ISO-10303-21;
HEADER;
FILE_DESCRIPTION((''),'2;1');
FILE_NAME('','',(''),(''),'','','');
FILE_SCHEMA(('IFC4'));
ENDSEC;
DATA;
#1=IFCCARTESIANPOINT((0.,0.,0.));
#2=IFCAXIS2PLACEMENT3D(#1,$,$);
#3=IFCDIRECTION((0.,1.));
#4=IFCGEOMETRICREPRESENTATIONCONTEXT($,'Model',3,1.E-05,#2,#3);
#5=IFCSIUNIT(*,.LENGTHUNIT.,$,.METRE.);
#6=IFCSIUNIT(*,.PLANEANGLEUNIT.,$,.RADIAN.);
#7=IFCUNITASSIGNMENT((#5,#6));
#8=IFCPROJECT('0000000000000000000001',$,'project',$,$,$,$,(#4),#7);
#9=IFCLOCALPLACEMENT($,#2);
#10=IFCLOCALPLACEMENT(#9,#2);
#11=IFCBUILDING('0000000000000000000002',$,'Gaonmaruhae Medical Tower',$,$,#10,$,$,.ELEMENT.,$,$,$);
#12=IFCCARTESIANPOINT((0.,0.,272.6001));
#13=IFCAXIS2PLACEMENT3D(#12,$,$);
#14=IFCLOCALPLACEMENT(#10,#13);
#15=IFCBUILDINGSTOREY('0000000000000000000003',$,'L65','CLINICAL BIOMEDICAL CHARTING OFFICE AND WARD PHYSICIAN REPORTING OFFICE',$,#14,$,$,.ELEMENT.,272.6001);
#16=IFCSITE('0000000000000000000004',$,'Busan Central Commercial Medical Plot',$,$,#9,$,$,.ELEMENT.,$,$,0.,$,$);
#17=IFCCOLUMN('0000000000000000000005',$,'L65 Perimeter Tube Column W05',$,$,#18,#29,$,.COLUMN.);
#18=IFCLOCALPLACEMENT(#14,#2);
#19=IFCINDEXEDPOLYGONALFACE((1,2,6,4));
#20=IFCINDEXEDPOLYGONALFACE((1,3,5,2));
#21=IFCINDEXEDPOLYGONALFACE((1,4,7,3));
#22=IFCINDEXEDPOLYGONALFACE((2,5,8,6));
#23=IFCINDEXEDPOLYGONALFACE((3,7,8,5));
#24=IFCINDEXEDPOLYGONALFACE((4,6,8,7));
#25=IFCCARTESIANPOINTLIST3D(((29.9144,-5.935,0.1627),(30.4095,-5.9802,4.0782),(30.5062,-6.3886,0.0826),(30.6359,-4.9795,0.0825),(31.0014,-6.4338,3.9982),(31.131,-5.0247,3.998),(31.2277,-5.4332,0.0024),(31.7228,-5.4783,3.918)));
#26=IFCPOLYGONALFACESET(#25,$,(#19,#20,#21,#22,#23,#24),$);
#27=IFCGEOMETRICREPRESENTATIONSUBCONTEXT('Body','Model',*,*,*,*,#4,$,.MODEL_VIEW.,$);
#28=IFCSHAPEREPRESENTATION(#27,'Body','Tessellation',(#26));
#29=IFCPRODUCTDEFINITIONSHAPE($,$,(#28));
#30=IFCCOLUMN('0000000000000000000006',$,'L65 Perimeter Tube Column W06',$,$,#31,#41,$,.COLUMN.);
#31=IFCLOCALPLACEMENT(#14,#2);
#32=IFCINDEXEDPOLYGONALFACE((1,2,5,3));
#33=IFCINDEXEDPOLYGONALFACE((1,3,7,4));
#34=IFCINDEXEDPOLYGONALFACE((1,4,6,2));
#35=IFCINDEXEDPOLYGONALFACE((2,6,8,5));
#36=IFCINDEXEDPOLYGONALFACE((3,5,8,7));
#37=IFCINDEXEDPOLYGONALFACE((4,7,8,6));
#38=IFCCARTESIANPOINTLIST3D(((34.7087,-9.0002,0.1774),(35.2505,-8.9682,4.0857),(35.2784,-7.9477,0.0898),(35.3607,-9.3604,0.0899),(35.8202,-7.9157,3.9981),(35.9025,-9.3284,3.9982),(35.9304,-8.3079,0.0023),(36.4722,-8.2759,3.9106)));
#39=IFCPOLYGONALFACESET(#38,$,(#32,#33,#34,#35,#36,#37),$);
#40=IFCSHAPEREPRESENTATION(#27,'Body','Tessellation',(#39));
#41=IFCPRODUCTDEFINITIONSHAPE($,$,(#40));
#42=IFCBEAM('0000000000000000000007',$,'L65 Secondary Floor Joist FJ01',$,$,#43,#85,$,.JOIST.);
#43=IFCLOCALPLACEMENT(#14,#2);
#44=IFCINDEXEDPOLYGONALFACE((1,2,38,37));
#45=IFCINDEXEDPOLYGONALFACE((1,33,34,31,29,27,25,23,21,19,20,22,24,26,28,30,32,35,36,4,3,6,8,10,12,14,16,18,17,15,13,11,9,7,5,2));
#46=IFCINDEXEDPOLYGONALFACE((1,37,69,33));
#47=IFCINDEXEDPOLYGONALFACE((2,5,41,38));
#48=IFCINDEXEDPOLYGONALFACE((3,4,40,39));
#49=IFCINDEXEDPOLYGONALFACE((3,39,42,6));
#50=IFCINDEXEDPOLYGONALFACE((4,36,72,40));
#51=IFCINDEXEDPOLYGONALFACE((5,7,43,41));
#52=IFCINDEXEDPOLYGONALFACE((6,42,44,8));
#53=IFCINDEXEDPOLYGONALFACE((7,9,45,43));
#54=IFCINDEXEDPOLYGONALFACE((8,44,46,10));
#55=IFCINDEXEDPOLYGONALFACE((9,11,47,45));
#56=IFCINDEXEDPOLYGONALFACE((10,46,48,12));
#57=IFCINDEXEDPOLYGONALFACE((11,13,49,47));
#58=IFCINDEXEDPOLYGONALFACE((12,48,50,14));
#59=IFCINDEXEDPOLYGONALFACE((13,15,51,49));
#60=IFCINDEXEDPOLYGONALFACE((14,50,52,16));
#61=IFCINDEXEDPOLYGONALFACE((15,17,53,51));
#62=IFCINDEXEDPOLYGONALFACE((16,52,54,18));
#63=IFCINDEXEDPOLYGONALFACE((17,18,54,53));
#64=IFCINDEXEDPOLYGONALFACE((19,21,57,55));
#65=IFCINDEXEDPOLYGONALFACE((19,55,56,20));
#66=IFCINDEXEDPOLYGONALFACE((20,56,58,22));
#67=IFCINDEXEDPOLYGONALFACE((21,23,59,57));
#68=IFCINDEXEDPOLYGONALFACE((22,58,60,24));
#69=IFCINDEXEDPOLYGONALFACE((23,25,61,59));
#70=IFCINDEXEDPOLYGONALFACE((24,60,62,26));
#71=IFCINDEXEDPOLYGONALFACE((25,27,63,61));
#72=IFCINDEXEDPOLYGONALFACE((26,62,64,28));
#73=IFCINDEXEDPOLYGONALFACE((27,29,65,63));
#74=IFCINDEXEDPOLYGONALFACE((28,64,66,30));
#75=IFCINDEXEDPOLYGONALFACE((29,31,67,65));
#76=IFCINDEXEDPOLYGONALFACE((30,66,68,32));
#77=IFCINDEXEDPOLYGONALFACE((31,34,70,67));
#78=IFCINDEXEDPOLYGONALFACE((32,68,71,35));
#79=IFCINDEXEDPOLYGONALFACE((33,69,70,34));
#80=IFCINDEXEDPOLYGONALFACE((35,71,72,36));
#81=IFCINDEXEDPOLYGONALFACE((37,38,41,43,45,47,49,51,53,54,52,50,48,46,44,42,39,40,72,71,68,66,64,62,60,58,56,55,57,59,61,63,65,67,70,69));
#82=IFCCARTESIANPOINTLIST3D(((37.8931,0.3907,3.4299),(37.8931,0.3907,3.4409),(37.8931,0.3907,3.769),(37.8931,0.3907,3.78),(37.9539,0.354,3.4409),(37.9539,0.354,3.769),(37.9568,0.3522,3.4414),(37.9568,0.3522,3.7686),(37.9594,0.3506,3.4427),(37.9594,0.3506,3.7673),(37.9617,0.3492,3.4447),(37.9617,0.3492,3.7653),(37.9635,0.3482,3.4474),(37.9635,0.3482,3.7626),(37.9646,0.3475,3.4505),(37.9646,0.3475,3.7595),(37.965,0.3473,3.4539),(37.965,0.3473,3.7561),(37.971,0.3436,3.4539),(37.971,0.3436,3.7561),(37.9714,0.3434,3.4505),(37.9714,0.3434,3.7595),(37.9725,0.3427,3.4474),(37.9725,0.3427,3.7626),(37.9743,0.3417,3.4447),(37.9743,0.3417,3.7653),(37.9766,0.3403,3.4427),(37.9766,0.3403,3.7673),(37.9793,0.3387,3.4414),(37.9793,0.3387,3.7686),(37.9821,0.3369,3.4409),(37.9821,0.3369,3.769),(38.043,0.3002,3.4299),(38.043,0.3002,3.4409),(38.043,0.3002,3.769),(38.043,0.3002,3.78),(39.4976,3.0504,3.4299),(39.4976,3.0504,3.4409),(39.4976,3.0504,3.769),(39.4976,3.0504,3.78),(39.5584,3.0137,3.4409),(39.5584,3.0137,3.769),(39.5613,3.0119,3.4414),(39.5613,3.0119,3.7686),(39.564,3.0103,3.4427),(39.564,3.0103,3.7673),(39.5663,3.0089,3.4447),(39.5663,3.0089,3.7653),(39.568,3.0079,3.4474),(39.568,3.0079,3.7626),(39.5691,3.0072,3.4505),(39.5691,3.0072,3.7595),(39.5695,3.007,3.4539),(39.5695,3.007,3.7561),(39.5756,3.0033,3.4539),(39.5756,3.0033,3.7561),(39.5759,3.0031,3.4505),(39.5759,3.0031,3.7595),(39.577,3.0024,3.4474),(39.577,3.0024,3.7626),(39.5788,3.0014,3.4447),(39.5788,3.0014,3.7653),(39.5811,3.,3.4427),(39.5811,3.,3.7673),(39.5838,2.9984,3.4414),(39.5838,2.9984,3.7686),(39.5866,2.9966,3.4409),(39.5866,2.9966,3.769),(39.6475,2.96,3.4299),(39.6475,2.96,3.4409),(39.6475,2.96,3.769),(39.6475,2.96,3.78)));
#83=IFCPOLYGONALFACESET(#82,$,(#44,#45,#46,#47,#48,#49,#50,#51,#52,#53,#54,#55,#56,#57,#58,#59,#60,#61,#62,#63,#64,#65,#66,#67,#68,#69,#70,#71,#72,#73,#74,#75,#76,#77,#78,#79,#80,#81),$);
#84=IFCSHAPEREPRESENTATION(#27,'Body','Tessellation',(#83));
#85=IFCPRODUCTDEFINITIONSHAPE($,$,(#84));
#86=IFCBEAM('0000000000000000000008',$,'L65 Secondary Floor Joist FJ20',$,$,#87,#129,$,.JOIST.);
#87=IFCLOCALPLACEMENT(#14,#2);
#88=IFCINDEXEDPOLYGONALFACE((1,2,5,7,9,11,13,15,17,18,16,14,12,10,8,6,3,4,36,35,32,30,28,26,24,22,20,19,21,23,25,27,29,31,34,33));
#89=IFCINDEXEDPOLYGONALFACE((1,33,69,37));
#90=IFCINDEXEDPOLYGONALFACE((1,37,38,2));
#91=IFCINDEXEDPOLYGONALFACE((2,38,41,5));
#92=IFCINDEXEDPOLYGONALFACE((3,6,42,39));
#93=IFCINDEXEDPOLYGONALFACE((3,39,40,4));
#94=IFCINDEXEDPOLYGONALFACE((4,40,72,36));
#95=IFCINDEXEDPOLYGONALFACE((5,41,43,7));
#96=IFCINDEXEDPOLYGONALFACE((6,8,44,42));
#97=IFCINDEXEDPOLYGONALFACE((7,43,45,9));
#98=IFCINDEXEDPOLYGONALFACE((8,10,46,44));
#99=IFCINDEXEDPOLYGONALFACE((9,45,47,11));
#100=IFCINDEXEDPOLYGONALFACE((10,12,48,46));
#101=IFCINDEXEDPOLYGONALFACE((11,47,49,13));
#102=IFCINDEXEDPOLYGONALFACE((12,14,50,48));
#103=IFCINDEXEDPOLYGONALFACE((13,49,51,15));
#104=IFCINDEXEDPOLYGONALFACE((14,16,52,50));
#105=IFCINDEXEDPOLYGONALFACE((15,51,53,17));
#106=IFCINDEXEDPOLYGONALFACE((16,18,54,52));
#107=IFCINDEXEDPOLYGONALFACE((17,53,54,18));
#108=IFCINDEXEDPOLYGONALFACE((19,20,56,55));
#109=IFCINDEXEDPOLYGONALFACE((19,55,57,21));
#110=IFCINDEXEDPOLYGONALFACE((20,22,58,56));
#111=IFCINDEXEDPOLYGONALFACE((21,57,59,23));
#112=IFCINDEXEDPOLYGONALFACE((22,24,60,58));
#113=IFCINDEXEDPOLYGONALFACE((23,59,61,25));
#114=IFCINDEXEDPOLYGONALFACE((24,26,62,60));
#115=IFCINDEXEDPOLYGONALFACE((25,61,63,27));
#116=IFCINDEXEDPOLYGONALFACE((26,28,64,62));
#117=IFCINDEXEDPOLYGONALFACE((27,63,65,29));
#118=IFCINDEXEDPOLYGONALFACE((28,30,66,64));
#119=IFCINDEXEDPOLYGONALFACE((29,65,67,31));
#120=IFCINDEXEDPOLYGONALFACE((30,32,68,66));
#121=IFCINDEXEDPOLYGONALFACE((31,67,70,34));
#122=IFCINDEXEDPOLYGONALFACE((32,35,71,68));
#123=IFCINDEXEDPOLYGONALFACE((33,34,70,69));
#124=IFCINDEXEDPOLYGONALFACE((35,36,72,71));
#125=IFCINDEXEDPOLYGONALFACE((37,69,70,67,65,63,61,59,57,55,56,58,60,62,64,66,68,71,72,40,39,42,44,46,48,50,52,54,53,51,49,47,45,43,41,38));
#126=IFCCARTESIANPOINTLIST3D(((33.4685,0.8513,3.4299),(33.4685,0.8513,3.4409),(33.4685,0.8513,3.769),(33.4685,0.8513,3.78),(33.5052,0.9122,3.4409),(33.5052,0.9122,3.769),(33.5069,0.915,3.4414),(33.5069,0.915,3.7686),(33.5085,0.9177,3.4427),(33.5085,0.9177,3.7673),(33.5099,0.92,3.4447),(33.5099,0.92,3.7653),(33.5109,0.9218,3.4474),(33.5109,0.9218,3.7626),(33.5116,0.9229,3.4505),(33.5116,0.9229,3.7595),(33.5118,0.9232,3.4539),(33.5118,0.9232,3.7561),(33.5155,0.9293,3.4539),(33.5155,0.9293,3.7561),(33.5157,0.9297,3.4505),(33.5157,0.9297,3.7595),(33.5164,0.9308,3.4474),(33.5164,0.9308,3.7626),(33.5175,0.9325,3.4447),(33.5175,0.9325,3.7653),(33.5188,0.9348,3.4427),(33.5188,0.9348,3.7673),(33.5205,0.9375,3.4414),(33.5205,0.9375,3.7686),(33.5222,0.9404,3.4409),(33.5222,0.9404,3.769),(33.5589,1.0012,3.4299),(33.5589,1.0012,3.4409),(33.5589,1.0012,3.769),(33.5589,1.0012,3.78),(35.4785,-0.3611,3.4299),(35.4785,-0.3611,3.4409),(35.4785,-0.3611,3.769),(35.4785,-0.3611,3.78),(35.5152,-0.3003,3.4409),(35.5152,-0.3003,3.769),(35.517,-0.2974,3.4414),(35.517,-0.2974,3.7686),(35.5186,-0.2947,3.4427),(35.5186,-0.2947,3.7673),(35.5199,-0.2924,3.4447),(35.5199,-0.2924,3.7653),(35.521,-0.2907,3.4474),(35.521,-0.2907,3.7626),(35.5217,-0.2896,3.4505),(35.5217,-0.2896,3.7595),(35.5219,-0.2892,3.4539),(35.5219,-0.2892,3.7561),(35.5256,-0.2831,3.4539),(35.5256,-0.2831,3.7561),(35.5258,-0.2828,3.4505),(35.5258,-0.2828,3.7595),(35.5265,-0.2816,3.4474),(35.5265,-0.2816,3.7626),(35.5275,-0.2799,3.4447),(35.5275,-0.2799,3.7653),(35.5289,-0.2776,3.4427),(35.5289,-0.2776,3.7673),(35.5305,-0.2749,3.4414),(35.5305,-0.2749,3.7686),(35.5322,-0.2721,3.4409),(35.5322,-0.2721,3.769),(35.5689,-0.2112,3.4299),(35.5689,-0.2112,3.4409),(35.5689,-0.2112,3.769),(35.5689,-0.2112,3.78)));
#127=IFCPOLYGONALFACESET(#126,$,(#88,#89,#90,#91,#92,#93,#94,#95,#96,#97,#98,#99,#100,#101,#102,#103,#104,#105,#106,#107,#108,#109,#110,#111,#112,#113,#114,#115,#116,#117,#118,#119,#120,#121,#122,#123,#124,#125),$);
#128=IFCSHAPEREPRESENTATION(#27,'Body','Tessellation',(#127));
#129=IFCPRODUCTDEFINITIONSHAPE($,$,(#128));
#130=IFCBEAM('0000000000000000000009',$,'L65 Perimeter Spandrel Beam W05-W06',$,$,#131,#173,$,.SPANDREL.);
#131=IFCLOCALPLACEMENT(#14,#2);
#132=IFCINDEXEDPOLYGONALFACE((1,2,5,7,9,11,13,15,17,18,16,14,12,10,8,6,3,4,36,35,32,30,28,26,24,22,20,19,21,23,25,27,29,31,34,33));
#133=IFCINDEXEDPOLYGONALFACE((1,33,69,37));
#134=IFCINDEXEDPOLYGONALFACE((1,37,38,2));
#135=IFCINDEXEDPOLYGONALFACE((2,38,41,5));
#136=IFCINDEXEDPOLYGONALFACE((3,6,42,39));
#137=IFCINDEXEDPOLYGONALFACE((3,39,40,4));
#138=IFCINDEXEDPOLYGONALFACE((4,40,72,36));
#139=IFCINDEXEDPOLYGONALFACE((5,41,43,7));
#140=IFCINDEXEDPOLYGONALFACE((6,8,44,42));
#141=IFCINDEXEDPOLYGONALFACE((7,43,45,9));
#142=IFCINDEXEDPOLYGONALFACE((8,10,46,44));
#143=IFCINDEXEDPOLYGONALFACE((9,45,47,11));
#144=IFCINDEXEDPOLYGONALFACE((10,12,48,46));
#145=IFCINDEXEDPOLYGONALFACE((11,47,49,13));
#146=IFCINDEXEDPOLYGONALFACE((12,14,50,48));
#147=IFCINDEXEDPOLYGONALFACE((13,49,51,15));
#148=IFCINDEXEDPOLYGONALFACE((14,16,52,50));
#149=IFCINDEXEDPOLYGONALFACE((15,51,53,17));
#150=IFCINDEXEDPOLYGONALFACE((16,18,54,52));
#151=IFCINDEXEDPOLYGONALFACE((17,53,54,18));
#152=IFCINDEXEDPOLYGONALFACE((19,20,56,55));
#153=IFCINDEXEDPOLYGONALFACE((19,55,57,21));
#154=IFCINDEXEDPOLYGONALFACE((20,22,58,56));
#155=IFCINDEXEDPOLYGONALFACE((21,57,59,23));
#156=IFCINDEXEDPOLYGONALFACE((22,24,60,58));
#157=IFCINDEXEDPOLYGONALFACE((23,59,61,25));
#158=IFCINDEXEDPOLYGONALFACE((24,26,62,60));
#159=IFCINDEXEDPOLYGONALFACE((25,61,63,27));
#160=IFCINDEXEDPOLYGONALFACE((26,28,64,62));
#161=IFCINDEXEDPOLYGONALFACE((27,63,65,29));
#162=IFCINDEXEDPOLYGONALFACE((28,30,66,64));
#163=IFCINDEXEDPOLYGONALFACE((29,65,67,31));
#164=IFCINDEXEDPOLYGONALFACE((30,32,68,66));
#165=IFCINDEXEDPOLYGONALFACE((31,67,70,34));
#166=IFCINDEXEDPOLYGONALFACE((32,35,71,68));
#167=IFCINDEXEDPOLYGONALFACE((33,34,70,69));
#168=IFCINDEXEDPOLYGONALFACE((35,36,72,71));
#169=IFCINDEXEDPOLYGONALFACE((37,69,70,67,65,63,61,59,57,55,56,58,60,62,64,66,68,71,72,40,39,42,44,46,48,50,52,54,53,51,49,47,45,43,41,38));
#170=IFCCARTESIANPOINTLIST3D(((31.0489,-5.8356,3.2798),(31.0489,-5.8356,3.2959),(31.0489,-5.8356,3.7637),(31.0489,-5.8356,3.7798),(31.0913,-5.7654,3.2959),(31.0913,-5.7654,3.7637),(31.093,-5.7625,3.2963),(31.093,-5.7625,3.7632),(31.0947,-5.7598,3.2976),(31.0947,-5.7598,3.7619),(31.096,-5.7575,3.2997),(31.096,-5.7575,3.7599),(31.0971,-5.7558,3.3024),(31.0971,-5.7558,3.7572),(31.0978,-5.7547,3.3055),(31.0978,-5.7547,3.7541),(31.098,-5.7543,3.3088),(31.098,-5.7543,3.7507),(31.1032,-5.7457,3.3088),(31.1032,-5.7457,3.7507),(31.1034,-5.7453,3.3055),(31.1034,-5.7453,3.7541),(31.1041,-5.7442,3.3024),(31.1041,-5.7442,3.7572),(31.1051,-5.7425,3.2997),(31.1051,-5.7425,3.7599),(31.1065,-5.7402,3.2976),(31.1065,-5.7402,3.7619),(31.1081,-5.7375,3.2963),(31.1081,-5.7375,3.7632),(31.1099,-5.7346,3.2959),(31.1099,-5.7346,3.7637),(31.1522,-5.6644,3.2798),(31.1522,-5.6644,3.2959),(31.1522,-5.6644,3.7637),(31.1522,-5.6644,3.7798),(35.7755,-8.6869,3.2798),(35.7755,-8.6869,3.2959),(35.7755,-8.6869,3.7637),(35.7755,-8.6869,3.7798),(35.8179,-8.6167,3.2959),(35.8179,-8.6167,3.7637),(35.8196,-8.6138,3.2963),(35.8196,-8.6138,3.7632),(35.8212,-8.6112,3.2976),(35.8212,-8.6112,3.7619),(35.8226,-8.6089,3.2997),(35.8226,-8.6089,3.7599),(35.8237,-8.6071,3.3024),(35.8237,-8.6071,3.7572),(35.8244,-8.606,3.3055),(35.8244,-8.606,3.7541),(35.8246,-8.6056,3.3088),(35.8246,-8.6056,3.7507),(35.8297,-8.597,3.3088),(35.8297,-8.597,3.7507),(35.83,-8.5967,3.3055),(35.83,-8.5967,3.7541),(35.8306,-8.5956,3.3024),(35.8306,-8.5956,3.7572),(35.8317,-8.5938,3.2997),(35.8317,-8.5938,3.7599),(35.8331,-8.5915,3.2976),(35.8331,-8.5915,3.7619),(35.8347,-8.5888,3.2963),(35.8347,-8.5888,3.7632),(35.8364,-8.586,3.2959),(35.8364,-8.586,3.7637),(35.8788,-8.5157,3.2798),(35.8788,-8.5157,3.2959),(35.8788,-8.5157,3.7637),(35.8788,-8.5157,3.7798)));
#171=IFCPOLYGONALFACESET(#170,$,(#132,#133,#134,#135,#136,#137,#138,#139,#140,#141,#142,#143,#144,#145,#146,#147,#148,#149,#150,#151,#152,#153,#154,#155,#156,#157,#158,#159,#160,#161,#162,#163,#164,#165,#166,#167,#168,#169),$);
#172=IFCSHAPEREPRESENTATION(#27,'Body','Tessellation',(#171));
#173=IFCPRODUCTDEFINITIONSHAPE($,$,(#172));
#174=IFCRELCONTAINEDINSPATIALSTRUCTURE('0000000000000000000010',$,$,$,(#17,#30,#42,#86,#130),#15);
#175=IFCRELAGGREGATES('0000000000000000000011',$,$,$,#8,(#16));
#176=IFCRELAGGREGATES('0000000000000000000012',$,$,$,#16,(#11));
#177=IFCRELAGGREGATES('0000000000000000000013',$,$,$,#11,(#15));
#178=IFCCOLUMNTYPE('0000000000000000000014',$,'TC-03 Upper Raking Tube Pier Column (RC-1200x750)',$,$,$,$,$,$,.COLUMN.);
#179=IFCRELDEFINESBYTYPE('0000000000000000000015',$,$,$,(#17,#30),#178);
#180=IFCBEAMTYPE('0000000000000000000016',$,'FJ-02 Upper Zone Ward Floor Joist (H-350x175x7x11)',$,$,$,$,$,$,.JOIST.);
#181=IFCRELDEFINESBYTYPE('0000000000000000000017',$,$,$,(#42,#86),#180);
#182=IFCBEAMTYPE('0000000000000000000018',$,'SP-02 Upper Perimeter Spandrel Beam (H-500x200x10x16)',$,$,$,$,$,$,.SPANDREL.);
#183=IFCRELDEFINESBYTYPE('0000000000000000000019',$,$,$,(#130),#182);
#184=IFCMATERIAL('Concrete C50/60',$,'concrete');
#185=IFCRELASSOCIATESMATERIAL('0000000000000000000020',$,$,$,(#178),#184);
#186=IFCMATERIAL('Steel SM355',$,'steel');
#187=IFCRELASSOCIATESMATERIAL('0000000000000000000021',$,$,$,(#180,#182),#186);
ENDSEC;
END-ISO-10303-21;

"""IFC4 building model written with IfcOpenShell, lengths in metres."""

from ifc_helpers import new_model, si_unit, direction, frame, origin, origin_2d, place, context, subcontext, project, spatial, rectangle, i_section, extrude, material, material_profile, profile_set, type_object, element, save


model = new_model("IFC4")

# Units and contexts
model_context = context("Model", 3, precision=1e-05, world=origin(), true_north=direction((0.0, 1.0)))
body_context = subcontext(model_context, "Body", "Model", "MODEL_VIEW")
ifc_project = project(units=[si_unit("LENGTHUNIT", "METRE"), si_unit("PLANEANGLEUNIT", "RADIAN")], contexts=[model_context])

# Site, building, storey
site_placement = place(None, origin())
site = spatial("IfcSite", under=ifc_project, at=site_placement, Name="Busan Central Commercial Medical Plot", CompositionType="ELEMENT", RefElevation=0.0)
building_placement = place(site_placement, origin())
building = spatial("IfcBuilding", under=site, at=building_placement, Name="Gaonmaruhae Medical Tower", CompositionType="ELEMENT")
storey_placement = place(building_placement, frame((0.0, 0.0, 272.6001)))
storey = spatial("IfcBuildingStorey", under=building, at=storey_placement, Name="L65", Description="CLINICAL BIOMEDICAL CHARTING OFFICE AND WARD PHYSICIAN REPORTING OFFICE", CompositionType="ELEMENT", Elevation=272.6001)

# Columns
ifc_material_1 = material(Name="Concrete C50/60", Category="concrete")
ifc_material_profile_1 = material_profile(ifc_material_1, rectangle(XDim=1.2, YDim=0.75, at=origin_2d()), Name="RC-1200x750")
ifc_profile_set_1 = profile_set([ifc_material_profile_1], Name="Concrete C50/60")
column_type = type_object("IfcColumnType", Name="TC-03 Upper Raking Tube Pier Column (RC-1200x750)", PredefinedType="COLUMN", material=ifc_profile_set_1)
column_1_placement = place(storey_placement, frame((30.571, -5.6841, 0.0825), z_axis=(0.125442, -0.011443, 0.992035), x_axis=(-0.601255, -0.796256, 0.066844)))
element("IfcColumn", 1, at=column_1_placement, inside=storey, type_object=column_type, Name="L65 Perimeter Tube Column W05", PredefinedType="COLUMN", context=body_context, shape_type="SweptSolid", body=[
    extrude(rectangle(XDim=1.2, YDim=0.75, at=origin_2d()), origin(), (0.0, 0.0, 1.0), 3.947),
])
column_2_placement = place(storey_placement, frame((35.3196, -8.6541, 0.0898), z_axis=(0.137301, 0.008106, 0.990496), x_axis=(-0.474752, -0.877088, 0.072987)))
element("IfcColumn", 2, at=column_2_placement, inside=storey, type_object=column_type, Name="L65 Perimeter Tube Column W06", PredefinedType="COLUMN", context=body_context, shape_type="SweptSolid", body=[
    extrude(rectangle(XDim=1.2, YDim=0.75, at=origin_2d()), origin(), (0.0, 0.0, 1.0), 3.9458),
])

# Beams
ifc_material_2 = material(Name="Steel SM355", Category="steel")
ifc_material_profile_2 = material_profile(ifc_material_2, i_section(OverallWidth=0.175, OverallDepth=0.3501, WebThickness=0.0071, FlangeThickness=0.011, FilletRadius=0.0129, at=origin_2d()), Name="H-350x175x7x11")
ifc_profile_set_2 = profile_set([ifc_material_profile_2], Name="Steel SM355")
beam_type_1 = type_object("IfcBeamType", Name="FJ-02 Upper Zone Ward Floor Joist (H-350x175x7x11)", PredefinedType="JOIST", material=ifc_profile_set_2)
beam_1_placement = place(storey_placement, frame((37.968, 0.3455, 3.605), z_axis=(0.516552, 0.856256, 0.0), x_axis=(-0.856256, 0.516552, 0.0)))
element("IfcBeam", 3, at=beam_1_placement, inside=storey, type_object=beam_type_1, Name="L65 Secondary Floor Joist FJ01", PredefinedType="JOIST", context=body_context, shape_type="SweptSolid", body=[
    extrude(i_section(OverallWidth=0.175, OverallDepth=0.3501, WebThickness=0.0071, FlangeThickness=0.011, FilletRadius=0.0129, at=origin_2d()), origin(), (0.0, 0.0, 1.0), 3.1062),
])
beam_2_placement = place(storey_placement, frame((33.5137, 0.9263, 3.605), z_axis=(0.856288, -0.516498, 0.0), x_axis=(0.516498, 0.856288, 0.0)))
element("IfcBeam", 4, at=beam_2_placement, inside=storey, type_object=beam_type_1, Name="L65 Secondary Floor Joist FJ20", PredefinedType="JOIST", context=body_context, shape_type="SweptSolid", body=[
    extrude(i_section(OverallWidth=0.175, OverallDepth=0.3501, WebThickness=0.0071, FlangeThickness=0.011, FilletRadius=0.0129, at=origin_2d()), origin(), (0.0, 0.0, 1.0), 2.3474),
])
ifc_material_profile_3 = material_profile(ifc_material_2, i_section(OverallWidth=0.2, OverallDepth=0.5, WebThickness=0.01, FlangeThickness=0.0161, FilletRadius=0.0129, at=origin_2d()), Name="H-500x200x10x16")
ifc_profile_set_3 = profile_set([ifc_material_profile_3], Name="Steel SM355")
beam_type_2 = type_object("IfcBeamType", Name="SP-02 Upper Perimeter Spandrel Beam (H-500x200x10x16)", PredefinedType="SPANDREL", material=ifc_profile_set_3)
beam_3_placement = place(storey_placement, frame((31.1006, -5.75, 3.5298), z_axis=(0.856261, -0.516543, 0.0), x_axis=(0.516543, 0.856261, 0.0)))
element("IfcBeam", 5, at=beam_3_placement, inside=storey, type_object=beam_type_2, Name="L65 Perimeter Spandrel Beam W05-W06", PredefinedType="SPANDREL", context=body_context, shape_type="SweptSolid", body=[
    extrude(i_section(OverallWidth=0.2, OverallDepth=0.5, WebThickness=0.01, FlangeThickness=0.0161, FilletRadius=0.0129, at=origin_2d()), origin(), (0.0, 0.0, 1.0), 5.52),
])

save(model, "model.ifc")
